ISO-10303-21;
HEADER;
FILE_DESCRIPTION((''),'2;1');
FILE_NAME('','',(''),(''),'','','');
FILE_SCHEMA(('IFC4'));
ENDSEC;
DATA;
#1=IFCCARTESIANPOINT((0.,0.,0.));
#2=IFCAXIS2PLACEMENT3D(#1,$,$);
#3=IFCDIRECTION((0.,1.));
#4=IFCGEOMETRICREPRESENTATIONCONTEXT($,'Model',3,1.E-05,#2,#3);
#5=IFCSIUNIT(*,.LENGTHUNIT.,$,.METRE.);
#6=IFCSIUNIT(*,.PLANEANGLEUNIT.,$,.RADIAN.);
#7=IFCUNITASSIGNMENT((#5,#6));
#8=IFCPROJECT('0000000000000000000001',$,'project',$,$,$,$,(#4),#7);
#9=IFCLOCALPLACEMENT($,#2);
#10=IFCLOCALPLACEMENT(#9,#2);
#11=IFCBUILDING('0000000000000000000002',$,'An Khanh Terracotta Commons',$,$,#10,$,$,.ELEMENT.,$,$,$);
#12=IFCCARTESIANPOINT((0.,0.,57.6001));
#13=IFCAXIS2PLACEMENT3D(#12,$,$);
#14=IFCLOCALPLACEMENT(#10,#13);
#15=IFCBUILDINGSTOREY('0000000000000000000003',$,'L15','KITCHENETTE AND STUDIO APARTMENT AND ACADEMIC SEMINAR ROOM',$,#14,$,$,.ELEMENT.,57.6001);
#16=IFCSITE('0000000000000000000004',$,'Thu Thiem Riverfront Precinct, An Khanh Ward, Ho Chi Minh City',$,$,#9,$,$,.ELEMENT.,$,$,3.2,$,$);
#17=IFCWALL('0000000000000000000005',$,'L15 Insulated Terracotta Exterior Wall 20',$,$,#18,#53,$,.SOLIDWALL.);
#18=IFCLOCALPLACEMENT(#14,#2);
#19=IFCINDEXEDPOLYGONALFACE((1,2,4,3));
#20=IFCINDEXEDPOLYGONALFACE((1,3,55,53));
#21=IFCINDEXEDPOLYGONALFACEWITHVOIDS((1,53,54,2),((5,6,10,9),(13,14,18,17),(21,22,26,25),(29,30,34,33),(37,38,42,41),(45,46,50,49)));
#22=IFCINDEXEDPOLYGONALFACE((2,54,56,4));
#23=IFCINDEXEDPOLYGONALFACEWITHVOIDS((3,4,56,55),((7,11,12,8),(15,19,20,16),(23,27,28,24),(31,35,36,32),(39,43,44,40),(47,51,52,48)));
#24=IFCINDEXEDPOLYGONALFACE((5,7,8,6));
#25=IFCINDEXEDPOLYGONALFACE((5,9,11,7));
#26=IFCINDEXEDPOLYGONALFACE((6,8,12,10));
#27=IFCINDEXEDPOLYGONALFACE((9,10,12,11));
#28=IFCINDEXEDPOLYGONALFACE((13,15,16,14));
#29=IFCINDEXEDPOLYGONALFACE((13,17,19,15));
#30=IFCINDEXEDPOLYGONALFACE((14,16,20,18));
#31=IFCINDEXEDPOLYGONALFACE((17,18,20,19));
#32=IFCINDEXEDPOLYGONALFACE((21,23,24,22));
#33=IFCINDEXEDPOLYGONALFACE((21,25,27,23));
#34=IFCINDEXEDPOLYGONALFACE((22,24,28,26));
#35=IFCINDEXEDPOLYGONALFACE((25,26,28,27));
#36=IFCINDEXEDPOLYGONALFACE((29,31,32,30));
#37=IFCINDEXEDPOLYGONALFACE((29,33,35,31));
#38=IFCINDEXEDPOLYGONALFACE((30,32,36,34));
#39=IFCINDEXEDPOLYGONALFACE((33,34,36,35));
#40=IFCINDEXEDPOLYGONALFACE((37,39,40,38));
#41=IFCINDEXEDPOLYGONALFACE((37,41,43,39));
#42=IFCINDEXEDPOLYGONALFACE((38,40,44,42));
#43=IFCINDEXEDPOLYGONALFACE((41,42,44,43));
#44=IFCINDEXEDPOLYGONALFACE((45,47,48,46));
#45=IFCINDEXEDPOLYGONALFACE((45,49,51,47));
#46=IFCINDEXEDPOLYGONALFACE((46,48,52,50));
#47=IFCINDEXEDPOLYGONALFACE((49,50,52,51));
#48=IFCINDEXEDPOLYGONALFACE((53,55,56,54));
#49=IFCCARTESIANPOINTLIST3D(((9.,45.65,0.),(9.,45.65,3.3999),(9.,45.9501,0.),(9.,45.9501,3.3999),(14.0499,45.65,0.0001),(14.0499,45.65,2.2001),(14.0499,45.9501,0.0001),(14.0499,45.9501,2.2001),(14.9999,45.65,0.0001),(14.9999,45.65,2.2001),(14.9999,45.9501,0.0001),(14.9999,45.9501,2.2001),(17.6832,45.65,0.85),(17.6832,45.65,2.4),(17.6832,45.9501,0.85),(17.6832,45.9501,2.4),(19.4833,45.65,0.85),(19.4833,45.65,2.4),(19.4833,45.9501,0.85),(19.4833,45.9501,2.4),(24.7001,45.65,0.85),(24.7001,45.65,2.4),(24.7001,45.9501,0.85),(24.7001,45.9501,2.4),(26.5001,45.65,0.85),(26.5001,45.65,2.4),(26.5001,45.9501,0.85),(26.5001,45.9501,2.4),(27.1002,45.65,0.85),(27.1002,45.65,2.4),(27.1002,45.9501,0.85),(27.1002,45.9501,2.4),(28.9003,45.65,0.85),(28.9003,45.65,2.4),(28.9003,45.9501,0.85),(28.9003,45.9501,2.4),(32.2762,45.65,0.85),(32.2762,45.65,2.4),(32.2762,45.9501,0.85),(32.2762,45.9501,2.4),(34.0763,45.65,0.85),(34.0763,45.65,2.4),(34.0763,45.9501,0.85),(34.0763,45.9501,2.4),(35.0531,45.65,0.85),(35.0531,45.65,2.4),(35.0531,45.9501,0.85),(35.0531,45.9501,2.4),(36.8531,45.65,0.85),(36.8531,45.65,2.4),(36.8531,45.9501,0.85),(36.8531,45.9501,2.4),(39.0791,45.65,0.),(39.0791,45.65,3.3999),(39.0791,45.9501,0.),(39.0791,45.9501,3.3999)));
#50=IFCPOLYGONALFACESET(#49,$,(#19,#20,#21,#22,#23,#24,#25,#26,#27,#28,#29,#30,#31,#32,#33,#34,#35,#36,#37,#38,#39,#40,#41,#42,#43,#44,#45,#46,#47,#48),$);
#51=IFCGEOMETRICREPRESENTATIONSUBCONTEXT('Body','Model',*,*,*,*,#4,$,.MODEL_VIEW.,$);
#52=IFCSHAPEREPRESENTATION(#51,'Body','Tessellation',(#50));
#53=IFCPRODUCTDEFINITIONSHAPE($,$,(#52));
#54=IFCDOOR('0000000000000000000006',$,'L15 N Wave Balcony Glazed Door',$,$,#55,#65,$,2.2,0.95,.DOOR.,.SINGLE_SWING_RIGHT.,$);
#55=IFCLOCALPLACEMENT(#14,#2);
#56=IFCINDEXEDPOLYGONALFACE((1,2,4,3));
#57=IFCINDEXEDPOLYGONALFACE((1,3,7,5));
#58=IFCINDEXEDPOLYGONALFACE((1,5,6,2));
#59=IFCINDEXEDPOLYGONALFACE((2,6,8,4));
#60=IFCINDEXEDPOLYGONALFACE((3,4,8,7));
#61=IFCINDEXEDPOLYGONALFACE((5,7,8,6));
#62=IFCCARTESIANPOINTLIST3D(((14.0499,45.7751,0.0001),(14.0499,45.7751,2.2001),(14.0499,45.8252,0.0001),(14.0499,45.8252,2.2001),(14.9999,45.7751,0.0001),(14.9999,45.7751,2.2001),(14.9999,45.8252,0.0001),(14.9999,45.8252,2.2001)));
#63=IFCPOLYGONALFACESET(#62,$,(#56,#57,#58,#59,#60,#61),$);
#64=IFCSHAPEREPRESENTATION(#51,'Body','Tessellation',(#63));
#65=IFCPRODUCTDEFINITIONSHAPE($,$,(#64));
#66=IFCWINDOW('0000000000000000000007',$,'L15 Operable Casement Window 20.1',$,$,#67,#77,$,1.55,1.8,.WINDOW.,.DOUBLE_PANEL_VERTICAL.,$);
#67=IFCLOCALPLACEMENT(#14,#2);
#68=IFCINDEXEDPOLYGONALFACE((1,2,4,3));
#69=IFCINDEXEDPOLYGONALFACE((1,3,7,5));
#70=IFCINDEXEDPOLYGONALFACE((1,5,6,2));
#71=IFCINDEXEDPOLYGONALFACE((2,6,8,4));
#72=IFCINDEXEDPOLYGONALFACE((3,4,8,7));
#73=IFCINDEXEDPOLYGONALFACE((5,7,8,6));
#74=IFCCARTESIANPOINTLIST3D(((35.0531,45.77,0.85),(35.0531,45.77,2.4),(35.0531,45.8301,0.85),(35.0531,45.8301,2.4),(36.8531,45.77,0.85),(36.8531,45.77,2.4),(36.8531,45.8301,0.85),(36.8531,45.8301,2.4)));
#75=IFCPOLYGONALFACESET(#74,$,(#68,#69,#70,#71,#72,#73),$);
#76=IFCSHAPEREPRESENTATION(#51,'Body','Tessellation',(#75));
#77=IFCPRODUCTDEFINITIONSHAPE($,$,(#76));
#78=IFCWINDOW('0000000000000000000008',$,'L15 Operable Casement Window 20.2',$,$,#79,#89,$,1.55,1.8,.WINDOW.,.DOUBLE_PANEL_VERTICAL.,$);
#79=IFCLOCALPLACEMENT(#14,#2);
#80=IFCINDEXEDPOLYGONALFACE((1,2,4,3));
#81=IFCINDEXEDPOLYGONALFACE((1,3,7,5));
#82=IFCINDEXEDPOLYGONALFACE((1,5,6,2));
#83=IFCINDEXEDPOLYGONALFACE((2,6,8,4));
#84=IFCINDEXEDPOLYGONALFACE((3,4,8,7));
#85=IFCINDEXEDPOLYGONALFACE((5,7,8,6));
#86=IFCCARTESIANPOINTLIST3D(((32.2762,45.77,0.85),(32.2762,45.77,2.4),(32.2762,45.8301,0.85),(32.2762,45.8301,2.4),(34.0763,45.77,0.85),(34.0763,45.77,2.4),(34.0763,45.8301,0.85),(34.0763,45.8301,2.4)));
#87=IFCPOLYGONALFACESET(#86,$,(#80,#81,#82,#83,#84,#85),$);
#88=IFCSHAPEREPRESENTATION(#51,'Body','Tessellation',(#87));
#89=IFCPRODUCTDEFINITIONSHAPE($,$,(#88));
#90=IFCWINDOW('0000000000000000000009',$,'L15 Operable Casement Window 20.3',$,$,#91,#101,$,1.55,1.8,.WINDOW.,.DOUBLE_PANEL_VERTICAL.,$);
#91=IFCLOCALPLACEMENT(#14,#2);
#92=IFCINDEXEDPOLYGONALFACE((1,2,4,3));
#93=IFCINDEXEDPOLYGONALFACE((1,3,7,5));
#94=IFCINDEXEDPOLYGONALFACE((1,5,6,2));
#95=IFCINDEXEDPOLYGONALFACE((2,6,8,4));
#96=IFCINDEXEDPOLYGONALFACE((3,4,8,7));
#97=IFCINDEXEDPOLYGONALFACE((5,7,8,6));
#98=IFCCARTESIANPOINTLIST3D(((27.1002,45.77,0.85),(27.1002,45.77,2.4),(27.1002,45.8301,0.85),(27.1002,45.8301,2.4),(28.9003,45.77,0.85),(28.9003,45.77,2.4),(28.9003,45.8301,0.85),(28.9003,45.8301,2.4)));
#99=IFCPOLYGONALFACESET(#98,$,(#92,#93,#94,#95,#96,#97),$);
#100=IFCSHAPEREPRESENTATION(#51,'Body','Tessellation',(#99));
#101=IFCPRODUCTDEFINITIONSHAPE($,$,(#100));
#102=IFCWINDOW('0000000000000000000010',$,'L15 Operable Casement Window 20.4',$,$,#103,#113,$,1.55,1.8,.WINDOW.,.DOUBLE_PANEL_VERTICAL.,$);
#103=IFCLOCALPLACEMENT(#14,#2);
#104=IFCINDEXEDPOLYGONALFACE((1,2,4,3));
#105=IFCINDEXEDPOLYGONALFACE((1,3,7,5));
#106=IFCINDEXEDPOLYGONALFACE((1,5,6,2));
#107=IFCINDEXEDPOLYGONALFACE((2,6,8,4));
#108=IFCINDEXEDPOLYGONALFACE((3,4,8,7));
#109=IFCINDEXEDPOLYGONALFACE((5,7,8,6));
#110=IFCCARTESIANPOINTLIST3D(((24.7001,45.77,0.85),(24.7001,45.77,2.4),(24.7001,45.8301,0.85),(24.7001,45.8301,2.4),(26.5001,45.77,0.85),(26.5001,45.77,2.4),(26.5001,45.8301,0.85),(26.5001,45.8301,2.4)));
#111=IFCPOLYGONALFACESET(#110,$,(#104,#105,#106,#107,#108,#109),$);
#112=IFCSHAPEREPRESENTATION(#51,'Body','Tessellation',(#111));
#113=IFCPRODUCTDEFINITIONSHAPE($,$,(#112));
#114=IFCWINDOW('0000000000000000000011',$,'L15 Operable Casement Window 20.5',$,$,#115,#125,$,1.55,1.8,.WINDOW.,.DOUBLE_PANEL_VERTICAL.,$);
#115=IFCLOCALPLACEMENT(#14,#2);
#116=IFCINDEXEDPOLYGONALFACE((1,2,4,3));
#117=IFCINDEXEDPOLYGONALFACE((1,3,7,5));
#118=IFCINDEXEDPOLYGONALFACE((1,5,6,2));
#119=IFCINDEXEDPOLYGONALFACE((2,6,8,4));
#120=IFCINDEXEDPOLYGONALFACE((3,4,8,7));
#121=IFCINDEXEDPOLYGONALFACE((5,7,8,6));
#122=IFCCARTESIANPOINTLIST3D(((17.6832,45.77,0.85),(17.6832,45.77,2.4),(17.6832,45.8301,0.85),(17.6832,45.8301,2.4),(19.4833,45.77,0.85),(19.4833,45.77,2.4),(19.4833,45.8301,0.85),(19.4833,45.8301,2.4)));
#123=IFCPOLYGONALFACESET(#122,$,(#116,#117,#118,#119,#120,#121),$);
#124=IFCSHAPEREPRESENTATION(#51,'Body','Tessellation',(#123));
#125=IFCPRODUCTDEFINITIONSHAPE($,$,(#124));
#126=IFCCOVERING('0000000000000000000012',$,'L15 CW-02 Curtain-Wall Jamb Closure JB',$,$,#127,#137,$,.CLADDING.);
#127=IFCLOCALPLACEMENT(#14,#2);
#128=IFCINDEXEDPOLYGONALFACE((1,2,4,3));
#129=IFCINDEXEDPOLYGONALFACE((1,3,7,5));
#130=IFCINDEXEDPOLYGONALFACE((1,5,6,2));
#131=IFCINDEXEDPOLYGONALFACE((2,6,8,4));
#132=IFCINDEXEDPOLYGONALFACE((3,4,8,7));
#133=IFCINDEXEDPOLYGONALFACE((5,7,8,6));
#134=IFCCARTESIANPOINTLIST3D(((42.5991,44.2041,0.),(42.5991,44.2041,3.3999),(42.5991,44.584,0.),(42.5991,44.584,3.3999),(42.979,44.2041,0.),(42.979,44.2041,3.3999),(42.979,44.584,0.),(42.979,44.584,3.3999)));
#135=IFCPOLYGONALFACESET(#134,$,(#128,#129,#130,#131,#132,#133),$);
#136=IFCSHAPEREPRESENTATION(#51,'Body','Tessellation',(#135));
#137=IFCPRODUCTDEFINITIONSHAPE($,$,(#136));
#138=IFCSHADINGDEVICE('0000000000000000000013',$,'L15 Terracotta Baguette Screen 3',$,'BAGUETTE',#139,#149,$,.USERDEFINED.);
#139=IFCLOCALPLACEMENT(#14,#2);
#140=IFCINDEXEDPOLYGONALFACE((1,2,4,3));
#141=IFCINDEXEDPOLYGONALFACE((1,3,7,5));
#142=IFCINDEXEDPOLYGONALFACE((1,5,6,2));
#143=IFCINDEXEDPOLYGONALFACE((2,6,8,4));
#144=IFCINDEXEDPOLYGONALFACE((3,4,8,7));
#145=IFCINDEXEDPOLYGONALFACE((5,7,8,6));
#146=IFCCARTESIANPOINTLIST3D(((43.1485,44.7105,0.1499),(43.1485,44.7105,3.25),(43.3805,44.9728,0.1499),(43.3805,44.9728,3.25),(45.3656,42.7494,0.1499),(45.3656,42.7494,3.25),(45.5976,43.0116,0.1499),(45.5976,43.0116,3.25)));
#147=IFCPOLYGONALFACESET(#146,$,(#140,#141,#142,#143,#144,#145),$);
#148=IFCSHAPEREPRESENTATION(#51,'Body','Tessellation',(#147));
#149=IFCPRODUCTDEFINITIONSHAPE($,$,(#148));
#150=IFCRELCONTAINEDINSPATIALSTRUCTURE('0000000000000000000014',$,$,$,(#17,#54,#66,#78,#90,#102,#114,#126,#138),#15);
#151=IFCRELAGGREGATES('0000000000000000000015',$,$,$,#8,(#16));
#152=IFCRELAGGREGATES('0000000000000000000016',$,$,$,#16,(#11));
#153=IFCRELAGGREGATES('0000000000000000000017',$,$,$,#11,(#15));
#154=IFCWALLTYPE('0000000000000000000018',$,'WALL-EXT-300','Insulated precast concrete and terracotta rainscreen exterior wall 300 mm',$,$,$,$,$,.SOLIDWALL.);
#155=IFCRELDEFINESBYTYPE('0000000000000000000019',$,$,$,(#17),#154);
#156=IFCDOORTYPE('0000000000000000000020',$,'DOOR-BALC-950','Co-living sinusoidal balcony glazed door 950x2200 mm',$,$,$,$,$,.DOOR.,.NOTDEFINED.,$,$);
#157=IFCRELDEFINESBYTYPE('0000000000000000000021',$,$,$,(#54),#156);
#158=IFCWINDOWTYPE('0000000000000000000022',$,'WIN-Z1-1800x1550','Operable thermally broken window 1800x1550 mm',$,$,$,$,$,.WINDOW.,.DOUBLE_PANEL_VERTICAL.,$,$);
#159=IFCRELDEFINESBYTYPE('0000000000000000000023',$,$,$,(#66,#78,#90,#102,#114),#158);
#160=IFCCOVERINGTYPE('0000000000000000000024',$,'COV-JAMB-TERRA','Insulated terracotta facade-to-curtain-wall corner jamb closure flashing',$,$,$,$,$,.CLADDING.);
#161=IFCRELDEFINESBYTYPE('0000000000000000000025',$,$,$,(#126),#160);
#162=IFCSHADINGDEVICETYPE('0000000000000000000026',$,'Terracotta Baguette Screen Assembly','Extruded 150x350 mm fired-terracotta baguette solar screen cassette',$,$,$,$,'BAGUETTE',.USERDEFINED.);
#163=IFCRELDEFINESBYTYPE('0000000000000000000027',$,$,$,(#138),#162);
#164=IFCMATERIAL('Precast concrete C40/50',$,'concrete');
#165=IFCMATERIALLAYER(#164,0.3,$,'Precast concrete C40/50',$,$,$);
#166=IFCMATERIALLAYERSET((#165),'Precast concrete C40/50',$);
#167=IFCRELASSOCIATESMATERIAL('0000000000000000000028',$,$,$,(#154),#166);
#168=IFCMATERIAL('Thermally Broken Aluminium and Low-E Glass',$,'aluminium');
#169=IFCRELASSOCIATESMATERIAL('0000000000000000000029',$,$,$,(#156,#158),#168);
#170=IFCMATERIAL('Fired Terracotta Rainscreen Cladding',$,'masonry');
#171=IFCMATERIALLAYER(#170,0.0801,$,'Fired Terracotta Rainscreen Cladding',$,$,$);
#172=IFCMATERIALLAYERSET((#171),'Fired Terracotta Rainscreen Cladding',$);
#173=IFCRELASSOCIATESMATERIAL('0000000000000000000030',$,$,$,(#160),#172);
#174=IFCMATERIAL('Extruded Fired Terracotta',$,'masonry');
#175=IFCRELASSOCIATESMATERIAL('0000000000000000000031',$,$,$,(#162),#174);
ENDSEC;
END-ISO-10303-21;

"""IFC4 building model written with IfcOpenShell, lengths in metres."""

from ifc_helpers import new_model, si_unit, direction, frame, frame_2d, origin, origin_2d, place, context, subcontext, project, spatial, rectangle, extrude, material, layer, layer_set, type_object, element, fill, save


model = new_model("IFC4")

# Units and contexts
model_context = context("Model", 3, precision=1e-05, world=origin(), true_north=direction((0.0, 1.0)))
body_context = subcontext(model_context, "Body", "Model", "MODEL_VIEW")
ifc_project = project(units=[si_unit("LENGTHUNIT", "METRE"), si_unit("PLANEANGLEUNIT", "RADIAN")], contexts=[model_context])

# Site, building, storey
site_placement = place(None, origin())
site = spatial("IfcSite", under=ifc_project, at=site_placement, Name="Thu Thiem Riverfront Precinct, An Khanh Ward, Ho Chi Minh City", CompositionType="ELEMENT", RefElevation=3.2)
building_placement = place(site_placement, origin())
building = spatial("IfcBuilding", under=site, at=building_placement, Name="An Khanh Terracotta Commons", CompositionType="ELEMENT")
storey_placement = place(building_placement, frame((0.0, 0.0, 57.6001)))
storey = spatial("IfcBuildingStorey", under=building, at=storey_placement, Name="L15", Description="KITCHENETTE AND STUDIO APARTMENT AND ACADEMIC SEMINAR ROOM", CompositionType="ELEMENT", Elevation=57.6001)

# Shared definitions
ifc_material_1 = material(Name="Precast concrete C40/50", Category="concrete")
ifc_layer_1 = layer(ifc_material_1, 0.3, Name="Precast concrete C40/50")
ifc_layer_set_1 = layer_set([ifc_layer_1], Name="Precast concrete C40/50")
wall_type = type_object("IfcWallType", Name="WALL-EXT-300", Description="Insulated precast concrete and terracotta rainscreen exterior wall 300 mm", PredefinedType="SOLIDWALL", material=ifc_layer_set_1)

# Wall, openings, door, windows
wall_1_placement = place(storey_placement, frame((39.0791, 45.8, 0.0), z_axis=(0.0, 0.0, 1.0), x_axis=(-1.0, 0.0, 0.0)))
wall_1 = element("IfcWall", 1, at=wall_1_placement, inside=storey, type_object=wall_type, Name="L15 Insulated Terracotta Exterior Wall 20", PredefinedType="SOLIDWALL", context=body_context, shape_type="SweptSolid", body=[
    extrude(rectangle(XDim=30.0791, YDim=0.3, at=frame_2d((15.0396, 0.0))), origin(), (0.0, 0.0, 1.0), 3.3999),
])
opening_1_placement = place(wall_1_placement, frame((24.0791, 0.0, 0.0)))
opening_1 = element("IfcOpeningElement", 2, at=opening_1_placement, cuts=wall_1, PredefinedType="OPENING", context=body_context, shape_type="SweptSolid", body=[
    extrude(rectangle(XDim=0.95, YDim=2.2, at=frame_2d((0.4751, 1.1001))), frame((0.0, 0.1599, 0.0), z_axis=(0.0, -1.0, 0.0), x_axis=(1.0, 0.0, 0.0)), (0.0, 0.0, 1.0), 0.3201),
])
opening_2_placement = place(wall_1_placement, frame((2.2261, 0.0, 0.8501)))
opening_2 = element("IfcOpeningElement", 3, at=opening_2_placement, cuts=wall_1, PredefinedType="OPENING", context=body_context, shape_type="SweptSolid", body=[
    extrude(rectangle(XDim=1.8, YDim=1.55, at=frame_2d((0.8999, 0.7749))), frame((0.0, 0.1599, 0.0), z_axis=(0.0, -1.0, 0.0), x_axis=(1.0, 0.0, 0.0)), (0.0, 0.0, 1.0), 0.3201),
])
opening_3_placement = place(wall_1_placement, frame((5.0029, 0.0, 0.8501)))
opening_3 = element("IfcOpeningElement", 4, at=opening_3_placement, cuts=wall_1, PredefinedType="OPENING", context=body_context, shape_type="SweptSolid", body=[
    extrude(rectangle(XDim=1.8, YDim=1.55, at=frame_2d((0.8999, 0.7749))), frame((0.0, 0.1599, 0.0), z_axis=(0.0, -1.0, 0.0), x_axis=(1.0, 0.0, 0.0)), (0.0, 0.0, 1.0), 0.3201),
])
opening_4_placement = place(wall_1_placement, frame((10.179, 0.0, 0.8501)))
opening_4 = element("IfcOpeningElement", 5, at=opening_4_placement, cuts=wall_1, PredefinedType="OPENING", context=body_context, shape_type="SweptSolid", body=[
    extrude(rectangle(XDim=1.8, YDim=1.55, at=frame_2d((0.8999, 0.7749))), frame((0.0, 0.1599, 0.0), z_axis=(0.0, -1.0, 0.0), x_axis=(1.0, 0.0, 0.0)), (0.0, 0.0, 1.0), 0.3201),
])
opening_5_placement = place(wall_1_placement, frame((12.5791, 0.0, 0.8501)))
opening_5 = element("IfcOpeningElement", 6, at=opening_5_placement, cuts=wall_1, PredefinedType="OPENING", context=body_context, shape_type="SweptSolid", body=[
    extrude(rectangle(XDim=1.8, YDim=1.55, at=frame_2d((0.8999, 0.7749))), frame((0.0, 0.1599, 0.0), z_axis=(0.0, -1.0, 0.0), x_axis=(1.0, 0.0, 0.0)), (0.0, 0.0, 1.0), 0.3201),
])
opening_6_placement = place(wall_1_placement, frame((19.5959, 0.0, 0.8501)))
opening_6 = element("IfcOpeningElement", 7, at=opening_6_placement, cuts=wall_1, PredefinedType="OPENING", context=body_context, shape_type="SweptSolid", body=[
    extrude(rectangle(XDim=1.8, YDim=1.55, at=frame_2d((0.8999, 0.7749))), frame((0.0, 0.1599, 0.0), z_axis=(0.0, -1.0, 0.0), x_axis=(1.0, 0.0, 0.0)), (0.0, 0.0, 1.0), 0.3201),
])
ifc_material_2 = material(Name="Thermally Broken Aluminium and Low-E Glass", Category="aluminium")
door_type = type_object("IfcDoorType", Name="DOOR-BALC-950", Description="Co-living sinusoidal balcony glazed door 950x2200 mm", OperationType="NOTDEFINED", PredefinedType="DOOR", material=ifc_material_2)
door_placement = place(opening_1_placement, origin())
door = element("IfcDoor", 8, at=door_placement, inside=storey, type_object=door_type, Name="L15 N Wave Balcony Glazed Door", OperationType="SINGLE_SWING_RIGHT", OverallHeight=2.2, OverallWidth=0.95, PredefinedType="DOOR", context=body_context, shape_type="SweptSolid", body=[
    extrude(rectangle(XDim=0.95, YDim=2.2, at=frame_2d((0.4751, 1.1001))), frame((0.0, 0.0249, 0.0), z_axis=(0.0, -1.0, 0.0), x_axis=(1.0, 0.0, 0.0)), (0.0, 0.0, 1.0), 0.05),
])
fill(opening_1, door)
window_type = type_object("IfcWindowType", Name="WIN-Z1-1800x1550", Description="Operable thermally broken window 1800x1550 mm", PartitioningType="DOUBLE_PANEL_VERTICAL", PredefinedType="WINDOW", material=ifc_material_2)
window_1_placement = place(opening_2_placement, origin())
window_1 = element("IfcWindow", 9, at=window_1_placement, inside=storey, type_object=window_type, Name="L15 Operable Casement Window 20.1", OverallHeight=1.55, OverallWidth=1.8, PartitioningType="DOUBLE_PANEL_VERTICAL", PredefinedType="WINDOW", context=body_context, shape_type="SweptSolid", body=[
    extrude(rectangle(XDim=1.8, YDim=1.55, at=frame_2d((0.8999, 0.7749))), frame((0.0, 0.03, 0.0), z_axis=(0.0, -1.0, 0.0), x_axis=(1.0, 0.0, 0.0)), (0.0, 0.0, 1.0), 0.0601),
])
fill(opening_2, window_1)
window_2_placement = place(opening_3_placement, origin())
window_2 = element("IfcWindow", 10, at=window_2_placement, inside=storey, type_object=window_type, Name="L15 Operable Casement Window 20.2", OverallHeight=1.55, OverallWidth=1.8, PartitioningType="DOUBLE_PANEL_VERTICAL", PredefinedType="WINDOW", context=body_context, shape_type="SweptSolid", body=[
    extrude(rectangle(XDim=1.8, YDim=1.55, at=frame_2d((0.8999, 0.7749))), frame((0.0, 0.03, 0.0), z_axis=(0.0, -1.0, 0.0), x_axis=(1.0, 0.0, 0.0)), (0.0, 0.0, 1.0), 0.0601),
])
fill(opening_3, window_2)
window_3_placement = place(opening_4_placement, origin())
window_3 = element("IfcWindow", 11, at=window_3_placement, inside=storey, type_object=window_type, Name="L15 Operable Casement Window 20.3", OverallHeight=1.55, OverallWidth=1.8, PartitioningType="DOUBLE_PANEL_VERTICAL", PredefinedType="WINDOW", context=body_context, shape_type="SweptSolid", body=[
    extrude(rectangle(XDim=1.8, YDim=1.55, at=frame_2d((0.8999, 0.7749))), frame((0.0, 0.03, 0.0), z_axis=(0.0, -1.0, 0.0), x_axis=(1.0, 0.0, 0.0)), (0.0, 0.0, 1.0), 0.0601),
])
fill(opening_4, window_3)
window_4_placement = place(opening_5_placement, origin())
window_4 = element("IfcWindow", 12, at=window_4_placement, inside=storey, type_object=window_type, Name="L15 Operable Casement Window 20.4", OverallHeight=1.55, OverallWidth=1.8, PartitioningType="DOUBLE_PANEL_VERTICAL", PredefinedType="WINDOW", context=body_context, shape_type="SweptSolid", body=[
    extrude(rectangle(XDim=1.8, YDim=1.55, at=frame_2d((0.8999, 0.7749))), frame((0.0, 0.03, 0.0), z_axis=(0.0, -1.0, 0.0), x_axis=(1.0, 0.0, 0.0)), (0.0, 0.0, 1.0), 0.0601),
])
fill(opening_5, window_4)
window_5_placement = place(opening_6_placement, origin())
window_5 = element("IfcWindow", 13, at=window_5_placement, inside=storey, type_object=window_type, Name="L15 Operable Casement Window 20.5", OverallHeight=1.55, OverallWidth=1.8, PartitioningType="DOUBLE_PANEL_VERTICAL", PredefinedType="WINDOW", context=body_context, shape_type="SweptSolid", body=[
    extrude(rectangle(XDim=1.8, YDim=1.55, at=frame_2d((0.8999, 0.7749))), frame((0.0, 0.03, 0.0), z_axis=(0.0, -1.0, 0.0), x_axis=(1.0, 0.0, 0.0)), (0.0, 0.0, 1.0), 0.0601),
])
fill(opening_6, window_5)

# Covering
ifc_material_3 = material(Name="Fired Terracotta Rainscreen Cladding", Category="masonry")
ifc_layer_2 = layer(ifc_material_3, 0.0801, Name="Fired Terracotta Rainscreen Cladding")
ifc_layer_set_2 = layer_set([ifc_layer_2], Name="Fired Terracotta Rainscreen Cladding")
covering_type = type_object("IfcCoveringType", Name="COV-JAMB-TERRA", Description="Insulated terracotta facade-to-curtain-wall corner jamb closure flashing", PredefinedType="CLADDING", material=ifc_layer_set_2)
covering_placement = place(storey_placement, frame((42.7891, 44.394, 0.0), z_axis=(0.0, 0.0, 1.0), x_axis=(1.0, 0.0, 0.0)))
element("IfcCovering", 14, at=covering_placement, inside=storey, type_object=covering_type, Name="L15 CW-02 Curtain-Wall Jamb Closure JB", PredefinedType="CLADDING", context=body_context, shape_type="SweptSolid", body=[
    extrude(rectangle(XDim=0.3799, YDim=0.3799, at=origin_2d()), origin(), (0.0, 0.0, 1.0), 3.3999),
])

# Shading device
ifc_material_4 = material(Name="Extruded Fired Terracotta", Category="masonry")
shading_device_type = type_object("IfcShadingDeviceType", Name="Terracotta Baguette Screen Assembly", Description="Extruded 150x350 mm fired-terracotta baguette solar screen cassette", ElementType="BAGUETTE", PredefinedType="USERDEFINED", material=ifc_material_4)
shading_device_placement = place(storey_placement, frame((44.373, 43.8611, 0.1499), z_axis=(0.0, 0.0, 1.0), x_axis=(-0.749019, 0.662548, 0.0)))
element("IfcShadingDevice", 15, at=shading_device_placement, inside=storey, type_object=shading_device_type, Name="L15 Terracotta Baguette Screen 3", ObjectType="BAGUETTE", PredefinedType="USERDEFINED", context=body_context, shape_type="SweptSolid", body=[
    extrude(rectangle(XDim=2.96, YDim=0.3501, at=origin_2d()), origin(), (0.0, 0.0, 1.0), 3.1001),
])

save(model, "model.ifc")
